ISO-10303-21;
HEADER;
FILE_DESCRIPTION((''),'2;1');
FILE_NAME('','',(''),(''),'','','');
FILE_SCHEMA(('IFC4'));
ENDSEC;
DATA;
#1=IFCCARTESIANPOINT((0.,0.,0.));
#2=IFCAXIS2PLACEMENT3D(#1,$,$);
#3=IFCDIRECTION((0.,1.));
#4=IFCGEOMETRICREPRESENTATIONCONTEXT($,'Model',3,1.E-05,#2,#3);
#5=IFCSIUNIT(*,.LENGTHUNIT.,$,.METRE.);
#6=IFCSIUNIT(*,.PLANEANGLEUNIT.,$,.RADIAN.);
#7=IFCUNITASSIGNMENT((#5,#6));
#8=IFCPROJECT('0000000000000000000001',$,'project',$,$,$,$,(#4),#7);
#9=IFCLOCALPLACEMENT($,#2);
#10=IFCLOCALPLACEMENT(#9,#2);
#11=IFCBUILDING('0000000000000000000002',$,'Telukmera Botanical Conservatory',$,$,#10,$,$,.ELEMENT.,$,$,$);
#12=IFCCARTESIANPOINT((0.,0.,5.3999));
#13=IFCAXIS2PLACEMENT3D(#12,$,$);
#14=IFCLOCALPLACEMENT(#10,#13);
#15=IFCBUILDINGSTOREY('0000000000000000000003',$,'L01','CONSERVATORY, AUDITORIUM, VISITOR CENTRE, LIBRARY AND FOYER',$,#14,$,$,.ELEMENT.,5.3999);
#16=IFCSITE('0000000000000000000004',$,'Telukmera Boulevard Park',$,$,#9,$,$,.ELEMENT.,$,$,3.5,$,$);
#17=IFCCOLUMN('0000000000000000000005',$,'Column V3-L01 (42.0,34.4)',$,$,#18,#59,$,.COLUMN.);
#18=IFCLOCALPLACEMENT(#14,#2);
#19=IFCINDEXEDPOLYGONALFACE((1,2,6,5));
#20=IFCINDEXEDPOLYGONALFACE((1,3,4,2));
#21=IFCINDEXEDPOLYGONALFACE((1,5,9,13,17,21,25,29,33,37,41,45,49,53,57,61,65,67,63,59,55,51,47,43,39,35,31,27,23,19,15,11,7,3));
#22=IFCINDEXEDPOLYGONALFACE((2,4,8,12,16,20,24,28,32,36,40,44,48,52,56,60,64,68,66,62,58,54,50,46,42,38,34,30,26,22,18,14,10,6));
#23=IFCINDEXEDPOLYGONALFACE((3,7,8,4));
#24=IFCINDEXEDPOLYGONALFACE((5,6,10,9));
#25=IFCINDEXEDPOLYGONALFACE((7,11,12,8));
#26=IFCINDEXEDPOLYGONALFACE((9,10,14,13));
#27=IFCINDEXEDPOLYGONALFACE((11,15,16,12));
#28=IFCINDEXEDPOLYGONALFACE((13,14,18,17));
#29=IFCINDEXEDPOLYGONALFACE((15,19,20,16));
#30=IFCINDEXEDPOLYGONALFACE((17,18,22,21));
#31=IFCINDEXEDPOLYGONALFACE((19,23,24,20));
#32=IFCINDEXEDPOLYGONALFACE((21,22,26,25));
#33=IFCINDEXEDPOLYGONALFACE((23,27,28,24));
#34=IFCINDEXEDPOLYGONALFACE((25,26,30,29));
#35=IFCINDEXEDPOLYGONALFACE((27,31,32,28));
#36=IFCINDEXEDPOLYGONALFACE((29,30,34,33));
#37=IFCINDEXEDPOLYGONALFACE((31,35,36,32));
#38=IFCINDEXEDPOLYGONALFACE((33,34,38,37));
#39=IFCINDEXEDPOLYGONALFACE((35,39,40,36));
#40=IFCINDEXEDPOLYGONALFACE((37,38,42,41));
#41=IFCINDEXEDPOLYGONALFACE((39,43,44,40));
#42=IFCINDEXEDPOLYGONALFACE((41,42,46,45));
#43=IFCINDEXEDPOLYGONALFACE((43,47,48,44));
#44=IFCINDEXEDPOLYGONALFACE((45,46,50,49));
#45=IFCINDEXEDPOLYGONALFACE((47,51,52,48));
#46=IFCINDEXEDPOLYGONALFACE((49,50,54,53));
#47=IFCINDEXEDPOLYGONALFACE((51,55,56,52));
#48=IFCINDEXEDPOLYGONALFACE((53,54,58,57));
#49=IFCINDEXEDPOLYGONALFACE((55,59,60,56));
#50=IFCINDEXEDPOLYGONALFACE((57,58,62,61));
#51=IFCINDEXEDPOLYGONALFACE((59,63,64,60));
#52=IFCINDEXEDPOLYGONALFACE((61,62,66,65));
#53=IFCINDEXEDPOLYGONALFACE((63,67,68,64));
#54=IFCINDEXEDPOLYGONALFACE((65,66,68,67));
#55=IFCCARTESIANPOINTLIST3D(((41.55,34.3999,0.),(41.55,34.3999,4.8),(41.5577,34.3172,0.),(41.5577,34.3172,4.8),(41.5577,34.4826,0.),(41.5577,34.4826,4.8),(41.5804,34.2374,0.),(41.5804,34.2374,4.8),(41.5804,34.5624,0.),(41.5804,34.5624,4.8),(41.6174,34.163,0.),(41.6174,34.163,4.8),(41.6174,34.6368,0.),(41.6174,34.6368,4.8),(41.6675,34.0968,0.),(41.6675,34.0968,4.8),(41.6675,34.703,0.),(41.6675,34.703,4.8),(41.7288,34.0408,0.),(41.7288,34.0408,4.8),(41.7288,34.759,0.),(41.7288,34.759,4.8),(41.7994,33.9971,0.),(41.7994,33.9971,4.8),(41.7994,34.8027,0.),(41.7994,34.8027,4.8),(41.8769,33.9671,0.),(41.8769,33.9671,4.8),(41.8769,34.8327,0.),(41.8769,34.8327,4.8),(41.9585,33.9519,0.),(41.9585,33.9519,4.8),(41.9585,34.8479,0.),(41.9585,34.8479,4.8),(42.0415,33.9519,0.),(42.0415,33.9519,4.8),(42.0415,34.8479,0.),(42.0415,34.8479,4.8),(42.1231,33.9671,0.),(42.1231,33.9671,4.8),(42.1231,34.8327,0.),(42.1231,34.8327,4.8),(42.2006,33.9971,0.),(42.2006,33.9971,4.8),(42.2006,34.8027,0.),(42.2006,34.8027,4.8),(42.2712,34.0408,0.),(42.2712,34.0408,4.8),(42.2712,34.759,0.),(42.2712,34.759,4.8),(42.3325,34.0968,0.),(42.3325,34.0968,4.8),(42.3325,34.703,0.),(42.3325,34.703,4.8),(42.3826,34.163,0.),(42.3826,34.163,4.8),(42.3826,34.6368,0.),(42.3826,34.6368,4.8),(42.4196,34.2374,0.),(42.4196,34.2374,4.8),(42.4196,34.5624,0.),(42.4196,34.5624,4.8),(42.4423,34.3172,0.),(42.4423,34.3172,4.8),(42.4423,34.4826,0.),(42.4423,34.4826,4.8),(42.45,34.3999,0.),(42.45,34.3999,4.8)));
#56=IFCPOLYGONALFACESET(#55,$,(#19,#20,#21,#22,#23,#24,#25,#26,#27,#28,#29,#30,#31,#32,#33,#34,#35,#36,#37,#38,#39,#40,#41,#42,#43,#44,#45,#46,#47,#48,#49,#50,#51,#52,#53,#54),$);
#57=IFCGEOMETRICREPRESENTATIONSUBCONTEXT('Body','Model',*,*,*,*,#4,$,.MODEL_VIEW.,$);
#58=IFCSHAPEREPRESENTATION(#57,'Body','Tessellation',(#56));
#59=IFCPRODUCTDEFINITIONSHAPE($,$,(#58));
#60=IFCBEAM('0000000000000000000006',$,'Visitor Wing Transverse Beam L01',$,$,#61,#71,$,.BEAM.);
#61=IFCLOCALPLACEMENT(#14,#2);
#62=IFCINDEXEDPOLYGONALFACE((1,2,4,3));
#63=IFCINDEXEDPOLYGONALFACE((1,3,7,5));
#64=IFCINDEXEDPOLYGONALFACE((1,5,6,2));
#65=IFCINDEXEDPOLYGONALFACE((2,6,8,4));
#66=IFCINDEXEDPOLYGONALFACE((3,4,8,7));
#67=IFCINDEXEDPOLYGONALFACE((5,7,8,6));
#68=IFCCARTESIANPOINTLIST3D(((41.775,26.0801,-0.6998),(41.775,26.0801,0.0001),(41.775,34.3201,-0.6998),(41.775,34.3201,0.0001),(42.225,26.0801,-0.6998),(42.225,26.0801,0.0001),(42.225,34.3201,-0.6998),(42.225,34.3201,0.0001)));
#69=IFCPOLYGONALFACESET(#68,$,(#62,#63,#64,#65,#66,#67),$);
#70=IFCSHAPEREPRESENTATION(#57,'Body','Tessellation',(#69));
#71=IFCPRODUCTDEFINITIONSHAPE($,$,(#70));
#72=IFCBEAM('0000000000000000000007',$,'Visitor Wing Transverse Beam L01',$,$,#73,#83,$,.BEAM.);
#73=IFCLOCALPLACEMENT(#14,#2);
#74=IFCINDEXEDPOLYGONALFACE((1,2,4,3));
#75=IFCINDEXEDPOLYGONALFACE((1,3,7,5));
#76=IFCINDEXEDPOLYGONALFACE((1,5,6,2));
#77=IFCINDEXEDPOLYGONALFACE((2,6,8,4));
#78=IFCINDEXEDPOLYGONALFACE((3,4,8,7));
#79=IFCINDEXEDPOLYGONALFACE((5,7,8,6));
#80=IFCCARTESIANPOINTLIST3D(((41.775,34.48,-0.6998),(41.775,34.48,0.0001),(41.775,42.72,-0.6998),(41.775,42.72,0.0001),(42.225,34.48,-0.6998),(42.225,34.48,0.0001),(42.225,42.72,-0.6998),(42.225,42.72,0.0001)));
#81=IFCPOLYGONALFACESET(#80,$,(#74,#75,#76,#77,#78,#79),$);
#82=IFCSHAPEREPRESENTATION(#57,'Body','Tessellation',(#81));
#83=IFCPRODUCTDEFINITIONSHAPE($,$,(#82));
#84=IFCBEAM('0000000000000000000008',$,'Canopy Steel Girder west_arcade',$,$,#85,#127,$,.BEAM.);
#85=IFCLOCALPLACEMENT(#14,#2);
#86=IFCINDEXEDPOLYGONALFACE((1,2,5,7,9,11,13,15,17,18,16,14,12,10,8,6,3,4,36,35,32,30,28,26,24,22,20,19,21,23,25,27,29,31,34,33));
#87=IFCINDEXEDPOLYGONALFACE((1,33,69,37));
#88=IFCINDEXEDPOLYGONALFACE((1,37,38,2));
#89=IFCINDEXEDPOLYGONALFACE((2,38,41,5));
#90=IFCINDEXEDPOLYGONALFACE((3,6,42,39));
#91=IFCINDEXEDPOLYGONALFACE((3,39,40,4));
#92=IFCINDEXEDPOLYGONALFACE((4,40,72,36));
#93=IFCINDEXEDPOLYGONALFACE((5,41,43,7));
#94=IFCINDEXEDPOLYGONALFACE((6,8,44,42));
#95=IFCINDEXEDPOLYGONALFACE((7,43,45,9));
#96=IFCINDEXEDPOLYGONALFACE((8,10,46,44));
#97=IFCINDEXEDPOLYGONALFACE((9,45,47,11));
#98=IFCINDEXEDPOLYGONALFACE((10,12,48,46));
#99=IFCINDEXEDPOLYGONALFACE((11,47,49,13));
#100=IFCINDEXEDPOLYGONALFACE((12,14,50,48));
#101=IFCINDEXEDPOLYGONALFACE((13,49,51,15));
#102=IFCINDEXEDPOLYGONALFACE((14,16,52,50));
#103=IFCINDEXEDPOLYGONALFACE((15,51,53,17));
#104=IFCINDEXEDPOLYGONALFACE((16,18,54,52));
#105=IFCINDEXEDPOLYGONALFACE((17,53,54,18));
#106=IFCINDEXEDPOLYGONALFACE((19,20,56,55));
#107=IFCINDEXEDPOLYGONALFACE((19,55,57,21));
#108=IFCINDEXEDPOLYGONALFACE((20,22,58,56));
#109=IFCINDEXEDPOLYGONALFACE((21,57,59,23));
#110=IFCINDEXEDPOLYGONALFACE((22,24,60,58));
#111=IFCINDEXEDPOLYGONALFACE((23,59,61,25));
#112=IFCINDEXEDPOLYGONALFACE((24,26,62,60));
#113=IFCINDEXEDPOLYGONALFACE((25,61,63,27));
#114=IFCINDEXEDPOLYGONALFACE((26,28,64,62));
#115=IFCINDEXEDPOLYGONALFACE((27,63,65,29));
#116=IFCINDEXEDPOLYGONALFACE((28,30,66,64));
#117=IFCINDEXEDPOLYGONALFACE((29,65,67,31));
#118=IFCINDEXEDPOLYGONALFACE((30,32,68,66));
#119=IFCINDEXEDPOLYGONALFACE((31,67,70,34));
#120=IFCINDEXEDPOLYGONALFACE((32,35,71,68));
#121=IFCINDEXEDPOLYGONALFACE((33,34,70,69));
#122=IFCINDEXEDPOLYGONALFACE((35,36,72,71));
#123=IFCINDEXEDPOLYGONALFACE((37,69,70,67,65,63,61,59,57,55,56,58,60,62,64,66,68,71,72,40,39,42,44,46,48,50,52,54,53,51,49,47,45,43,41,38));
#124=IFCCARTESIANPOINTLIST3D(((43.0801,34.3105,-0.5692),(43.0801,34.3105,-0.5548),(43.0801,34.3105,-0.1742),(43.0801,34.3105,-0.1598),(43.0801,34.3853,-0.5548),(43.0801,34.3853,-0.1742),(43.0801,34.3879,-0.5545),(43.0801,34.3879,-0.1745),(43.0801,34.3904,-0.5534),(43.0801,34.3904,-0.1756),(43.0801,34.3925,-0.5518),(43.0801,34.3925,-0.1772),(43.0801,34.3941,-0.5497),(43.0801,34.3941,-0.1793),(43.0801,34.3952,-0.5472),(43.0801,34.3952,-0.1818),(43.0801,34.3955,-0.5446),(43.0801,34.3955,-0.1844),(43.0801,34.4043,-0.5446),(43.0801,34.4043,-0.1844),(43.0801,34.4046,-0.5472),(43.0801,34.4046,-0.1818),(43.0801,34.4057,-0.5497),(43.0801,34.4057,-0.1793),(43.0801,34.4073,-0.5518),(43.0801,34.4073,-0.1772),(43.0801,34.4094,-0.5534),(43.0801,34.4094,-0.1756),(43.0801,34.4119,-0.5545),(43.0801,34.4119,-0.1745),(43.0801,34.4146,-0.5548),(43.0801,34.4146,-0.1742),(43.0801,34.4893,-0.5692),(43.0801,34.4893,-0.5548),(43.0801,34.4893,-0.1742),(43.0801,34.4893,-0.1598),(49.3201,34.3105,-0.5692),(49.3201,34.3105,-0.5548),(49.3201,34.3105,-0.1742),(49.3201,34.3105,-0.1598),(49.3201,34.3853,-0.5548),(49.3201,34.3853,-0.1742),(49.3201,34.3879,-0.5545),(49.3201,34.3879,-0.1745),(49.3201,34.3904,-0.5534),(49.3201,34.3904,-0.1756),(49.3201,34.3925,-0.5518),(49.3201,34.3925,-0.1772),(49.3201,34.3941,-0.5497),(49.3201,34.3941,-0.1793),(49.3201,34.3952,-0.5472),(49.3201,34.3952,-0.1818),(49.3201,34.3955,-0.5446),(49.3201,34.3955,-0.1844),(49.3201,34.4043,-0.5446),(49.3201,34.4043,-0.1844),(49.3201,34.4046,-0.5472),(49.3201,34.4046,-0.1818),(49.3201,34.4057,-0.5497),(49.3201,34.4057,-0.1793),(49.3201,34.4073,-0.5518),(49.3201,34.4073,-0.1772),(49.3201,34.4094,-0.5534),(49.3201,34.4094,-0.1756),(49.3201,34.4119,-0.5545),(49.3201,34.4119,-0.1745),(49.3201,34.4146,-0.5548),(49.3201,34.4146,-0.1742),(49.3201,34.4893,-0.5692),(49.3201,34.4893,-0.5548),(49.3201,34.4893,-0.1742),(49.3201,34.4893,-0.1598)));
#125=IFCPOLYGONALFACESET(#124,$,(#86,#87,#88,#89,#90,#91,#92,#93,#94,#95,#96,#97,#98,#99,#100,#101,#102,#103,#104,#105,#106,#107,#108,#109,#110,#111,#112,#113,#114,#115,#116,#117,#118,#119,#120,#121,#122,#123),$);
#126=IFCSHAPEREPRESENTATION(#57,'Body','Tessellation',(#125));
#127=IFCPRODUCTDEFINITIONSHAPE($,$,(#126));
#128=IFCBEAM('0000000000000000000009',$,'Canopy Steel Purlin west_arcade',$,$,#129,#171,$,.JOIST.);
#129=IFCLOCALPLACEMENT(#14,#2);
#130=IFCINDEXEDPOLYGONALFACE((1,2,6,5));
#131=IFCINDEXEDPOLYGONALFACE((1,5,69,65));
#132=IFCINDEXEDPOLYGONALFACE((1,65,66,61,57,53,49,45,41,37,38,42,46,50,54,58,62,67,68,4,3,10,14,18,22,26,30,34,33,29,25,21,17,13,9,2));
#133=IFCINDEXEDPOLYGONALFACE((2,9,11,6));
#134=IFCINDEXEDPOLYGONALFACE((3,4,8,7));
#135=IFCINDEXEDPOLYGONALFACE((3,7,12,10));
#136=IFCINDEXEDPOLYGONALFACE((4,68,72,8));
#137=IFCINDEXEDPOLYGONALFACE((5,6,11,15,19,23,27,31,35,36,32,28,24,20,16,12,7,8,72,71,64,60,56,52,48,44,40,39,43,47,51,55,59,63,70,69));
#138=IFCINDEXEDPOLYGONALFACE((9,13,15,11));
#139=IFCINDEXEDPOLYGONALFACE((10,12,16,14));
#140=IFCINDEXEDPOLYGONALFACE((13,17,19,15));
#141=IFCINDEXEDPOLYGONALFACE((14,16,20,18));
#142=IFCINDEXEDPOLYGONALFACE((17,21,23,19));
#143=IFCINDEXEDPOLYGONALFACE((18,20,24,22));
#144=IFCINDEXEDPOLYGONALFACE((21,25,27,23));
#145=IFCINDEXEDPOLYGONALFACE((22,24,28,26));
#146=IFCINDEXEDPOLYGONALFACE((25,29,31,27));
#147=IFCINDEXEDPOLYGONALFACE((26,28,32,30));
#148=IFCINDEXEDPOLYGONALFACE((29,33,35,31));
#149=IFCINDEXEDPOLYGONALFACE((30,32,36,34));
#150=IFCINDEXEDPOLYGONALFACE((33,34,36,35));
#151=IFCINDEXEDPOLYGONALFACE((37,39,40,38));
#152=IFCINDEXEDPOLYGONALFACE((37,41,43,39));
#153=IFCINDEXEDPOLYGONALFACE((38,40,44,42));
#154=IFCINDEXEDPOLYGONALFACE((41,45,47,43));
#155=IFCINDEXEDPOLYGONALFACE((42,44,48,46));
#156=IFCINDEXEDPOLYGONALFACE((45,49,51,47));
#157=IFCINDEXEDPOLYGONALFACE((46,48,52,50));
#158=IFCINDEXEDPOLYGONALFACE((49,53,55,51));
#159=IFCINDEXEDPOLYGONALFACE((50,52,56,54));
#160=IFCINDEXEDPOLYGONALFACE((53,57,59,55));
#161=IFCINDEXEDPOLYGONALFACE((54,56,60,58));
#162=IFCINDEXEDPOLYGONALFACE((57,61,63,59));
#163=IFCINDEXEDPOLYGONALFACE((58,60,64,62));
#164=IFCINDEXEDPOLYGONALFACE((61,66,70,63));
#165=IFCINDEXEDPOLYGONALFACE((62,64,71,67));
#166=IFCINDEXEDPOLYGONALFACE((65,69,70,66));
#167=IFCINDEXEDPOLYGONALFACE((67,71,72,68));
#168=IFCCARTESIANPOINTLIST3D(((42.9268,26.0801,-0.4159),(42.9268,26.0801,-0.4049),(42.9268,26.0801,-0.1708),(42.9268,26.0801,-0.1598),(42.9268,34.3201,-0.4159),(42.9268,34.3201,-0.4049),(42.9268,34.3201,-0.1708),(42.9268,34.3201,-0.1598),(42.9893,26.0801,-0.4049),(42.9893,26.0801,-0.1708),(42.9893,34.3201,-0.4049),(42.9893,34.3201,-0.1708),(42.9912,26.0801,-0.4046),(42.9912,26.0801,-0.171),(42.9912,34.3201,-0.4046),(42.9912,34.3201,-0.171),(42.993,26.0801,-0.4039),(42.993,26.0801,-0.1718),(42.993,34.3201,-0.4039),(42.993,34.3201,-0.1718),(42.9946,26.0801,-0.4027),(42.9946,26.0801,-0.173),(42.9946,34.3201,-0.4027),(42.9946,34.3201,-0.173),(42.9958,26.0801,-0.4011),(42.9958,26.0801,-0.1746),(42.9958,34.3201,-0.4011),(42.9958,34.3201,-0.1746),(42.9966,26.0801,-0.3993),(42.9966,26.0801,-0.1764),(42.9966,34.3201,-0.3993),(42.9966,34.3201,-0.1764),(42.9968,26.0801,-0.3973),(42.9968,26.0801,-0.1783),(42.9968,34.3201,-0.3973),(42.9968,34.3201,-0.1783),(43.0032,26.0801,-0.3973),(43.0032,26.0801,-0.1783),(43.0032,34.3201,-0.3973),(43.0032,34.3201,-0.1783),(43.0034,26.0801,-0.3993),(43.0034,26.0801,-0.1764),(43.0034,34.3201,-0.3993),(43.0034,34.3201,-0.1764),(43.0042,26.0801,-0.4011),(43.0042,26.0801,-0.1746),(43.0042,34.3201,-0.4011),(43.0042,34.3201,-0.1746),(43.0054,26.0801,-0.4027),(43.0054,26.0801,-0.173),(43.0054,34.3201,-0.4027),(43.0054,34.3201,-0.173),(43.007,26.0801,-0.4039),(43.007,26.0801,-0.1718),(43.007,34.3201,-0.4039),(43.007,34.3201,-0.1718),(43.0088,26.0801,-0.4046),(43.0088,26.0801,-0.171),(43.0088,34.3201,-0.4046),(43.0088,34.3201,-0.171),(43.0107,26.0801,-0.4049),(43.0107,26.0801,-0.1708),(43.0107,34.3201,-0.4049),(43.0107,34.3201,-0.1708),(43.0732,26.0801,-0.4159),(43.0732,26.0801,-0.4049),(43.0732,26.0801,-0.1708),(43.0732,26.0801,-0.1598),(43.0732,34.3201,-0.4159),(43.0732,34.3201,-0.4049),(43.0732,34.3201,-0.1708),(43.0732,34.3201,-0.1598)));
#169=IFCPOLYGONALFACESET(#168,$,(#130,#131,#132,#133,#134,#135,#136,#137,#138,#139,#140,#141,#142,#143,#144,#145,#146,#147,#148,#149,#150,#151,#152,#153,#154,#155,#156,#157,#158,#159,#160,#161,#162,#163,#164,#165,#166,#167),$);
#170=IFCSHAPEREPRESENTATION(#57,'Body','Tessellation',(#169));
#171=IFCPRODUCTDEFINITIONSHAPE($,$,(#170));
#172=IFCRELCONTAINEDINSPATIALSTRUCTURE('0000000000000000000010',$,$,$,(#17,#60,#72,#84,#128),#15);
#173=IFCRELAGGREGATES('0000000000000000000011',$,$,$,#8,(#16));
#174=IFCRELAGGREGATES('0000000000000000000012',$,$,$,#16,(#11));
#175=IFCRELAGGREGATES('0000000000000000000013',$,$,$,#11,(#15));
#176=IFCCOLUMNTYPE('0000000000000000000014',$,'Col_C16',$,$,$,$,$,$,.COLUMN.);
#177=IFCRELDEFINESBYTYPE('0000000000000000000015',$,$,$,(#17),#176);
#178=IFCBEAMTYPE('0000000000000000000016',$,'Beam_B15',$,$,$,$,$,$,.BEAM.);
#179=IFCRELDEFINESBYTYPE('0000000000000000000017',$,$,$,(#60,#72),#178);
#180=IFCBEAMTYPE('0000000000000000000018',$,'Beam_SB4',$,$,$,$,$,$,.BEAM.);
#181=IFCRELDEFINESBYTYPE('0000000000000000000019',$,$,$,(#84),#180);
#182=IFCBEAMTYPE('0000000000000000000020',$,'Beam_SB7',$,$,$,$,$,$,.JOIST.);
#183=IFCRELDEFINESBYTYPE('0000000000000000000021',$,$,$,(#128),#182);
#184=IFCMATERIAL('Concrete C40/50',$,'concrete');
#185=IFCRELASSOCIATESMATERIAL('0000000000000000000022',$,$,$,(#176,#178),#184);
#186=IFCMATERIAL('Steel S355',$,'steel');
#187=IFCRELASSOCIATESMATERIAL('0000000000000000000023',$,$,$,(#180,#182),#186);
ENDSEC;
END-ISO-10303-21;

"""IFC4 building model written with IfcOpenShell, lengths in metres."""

from ifc_helpers import new_model, si_unit, direction, frame, origin, origin_2d, place, context, subcontext, project, spatial, rectangle, circle, i_section, extrude, material, material_profile, profile_set, type_object, element, save


model = new_model("IFC4")

# Units and contexts
model_context = context("Model", 3, precision=1e-05, world=origin(), true_north=direction((0.0, 1.0)))
body_context = subcontext(model_context, "Body", "Model", "MODEL_VIEW")
ifc_project = project(units=[si_unit("LENGTHUNIT", "METRE"), si_unit("PLANEANGLEUNIT", "RADIAN")], contexts=[model_context])

# Site, building, storey
site_placement = place(None, origin())
site = spatial("IfcSite", under=ifc_project, at=site_placement, Name="Telukmera Boulevard Park", CompositionType="ELEMENT", RefElevation=3.5)
building_placement = place(site_placement, origin())
building = spatial("IfcBuilding", under=site, at=building_placement, Name="Telukmera Botanical Conservatory", CompositionType="ELEMENT")
storey_placement = place(building_placement, frame((0.0, 0.0, 5.3999)))
storey = spatial("IfcBuildingStorey", under=building, at=storey_placement, Name="L01", Description="CONSERVATORY, AUDITORIUM, VISITOR CENTRE, LIBRARY AND FOYER", CompositionType="ELEMENT", Elevation=5.3999)

# Column
ifc_material_1 = material(Name="Concrete C40/50", Category="concrete")
ifc_material_profile_1 = material_profile(ifc_material_1, circle(Radius=0.45, at=origin_2d()), Name="RC D900")
ifc_profile_set_1 = profile_set([ifc_material_profile_1], Name="Concrete C40/50")
column_type = type_object("IfcColumnType", Name="Col_C16", PredefinedType="COLUMN", material=ifc_profile_set_1)
column_placement = place(storey_placement, frame((42.0, 34.3999, 0.0), z_axis=(0.0, 0.0, 1.0), x_axis=(1.0, 0.0, 0.0)))
element("IfcColumn", 1, at=column_placement, inside=storey, type_object=column_type, Name="Column V3-L01 (42.0,34.4)", PredefinedType="COLUMN", context=body_context, shape_type="SweptSolid", body=[
    extrude(circle(Radius=0.45, at=origin_2d()), origin(), (0.0, 0.0, 1.0), 4.8),
])

# Beams
ifc_material_profile_2 = material_profile(ifc_material_1, rectangle(XDim=0.45, YDim=0.7, at=origin_2d()), Name="RC 450x700")
ifc_profile_set_2 = profile_set([ifc_material_profile_2], Name="Concrete C40/50")
beam_type_1 = type_object("IfcBeamType", Name="Beam_B15", PredefinedType="BEAM", material=ifc_profile_set_2)
for number, where, z_axis, x_axis, name in (
    (2, (42.0, 26.0801, -0.3499), (0.0, 1.0, 0.0), (-1.0, 0.0, 0.0), "Visitor Wing Transverse Beam L01"),
    (3, (42.0, 34.48, -0.3499), (0.0, 1.0, 0.0), (-1.0, 0.0, 0.0), "Visitor Wing Transverse Beam L01"),
):
    element("IfcBeam", number, at=place(storey_placement, frame(where, z_axis=z_axis, x_axis=x_axis)), inside=storey, type_object=beam_type_1, Name=name, PredefinedType="BEAM", context=body_context, shape_type="SweptSolid", body=[
        extrude(rectangle(XDim=0.45, YDim=0.7, at=origin_2d()), origin(), (0.0, 0.0, 1.0), 8.24),
    ])
ifc_material_2 = material(Name="Steel S355", Category="steel")
ifc_material_profile_3 = material_profile(ifc_material_2, i_section(OverallWidth=0.1787, OverallDepth=0.4094, WebThickness=0.0088, FlangeThickness=0.0144, FilletRadius=0.0103, at=origin_2d()), Name="UB 406x178x67")
ifc_profile_set_3 = profile_set([ifc_material_profile_3], Name="Steel S355")
beam_type_2 = type_object("IfcBeamType", Name="Beam_SB4", PredefinedType="BEAM", material=ifc_profile_set_3)
beam_placement = place(storey_placement, frame((43.0801, 34.3999, -0.3645), z_axis=(1.0, 0.0, 0.0), x_axis=(0.0, 1.0, 0.0)))
element("IfcBeam", 4, at=beam_placement, inside=storey, type_object=beam_type_2, Name="Canopy Steel Girder west_arcade", PredefinedType="BEAM", context=body_context, shape_type="SweptSolid", body=[
    extrude(i_section(OverallWidth=0.1787, OverallDepth=0.4094, WebThickness=0.0088, FlangeThickness=0.0144, FilletRadius=0.0103, at=origin_2d()), origin(), (0.0, 0.0, 1.0), 6.24),
])
ifc_material_profile_4 = material_profile(ifc_material_2, i_section(OverallWidth=0.1465, OverallDepth=0.2561, WebThickness=0.0063, FlangeThickness=0.011, FilletRadius=0.0076, at=origin_2d()), Name="UB 254x146x37")
ifc_profile_set_4 = profile_set([ifc_material_profile_4], Name="Steel S355")
beam_type_3 = type_object("IfcBeamType", Name="Beam_SB7", PredefinedType="JOIST", material=ifc_profile_set_4)
for number, where, z_axis, x_axis, name in (
    (5, (43.0, 26.0801, -0.2878), (0.0, 1.0, 0.0), (-1.0, 0.0, 0.0), "Canopy Steel Purlin west_arcade"),
):
    element("IfcBeam", number, at=place(storey_placement, frame(where, z_axis=z_axis, x_axis=x_axis)), inside=storey, type_object=beam_type_3, Name=name, PredefinedType="JOIST", context=body_context, shape_type="SweptSolid", body=[
        extrude(i_section(OverallWidth=0.1465, OverallDepth=0.2561, WebThickness=0.0063, FlangeThickness=0.011, FilletRadius=0.0076, at=origin_2d()), origin(), (0.0, 0.0, 1.0), 8.24),
    ])

save(model, "model.ifc")
